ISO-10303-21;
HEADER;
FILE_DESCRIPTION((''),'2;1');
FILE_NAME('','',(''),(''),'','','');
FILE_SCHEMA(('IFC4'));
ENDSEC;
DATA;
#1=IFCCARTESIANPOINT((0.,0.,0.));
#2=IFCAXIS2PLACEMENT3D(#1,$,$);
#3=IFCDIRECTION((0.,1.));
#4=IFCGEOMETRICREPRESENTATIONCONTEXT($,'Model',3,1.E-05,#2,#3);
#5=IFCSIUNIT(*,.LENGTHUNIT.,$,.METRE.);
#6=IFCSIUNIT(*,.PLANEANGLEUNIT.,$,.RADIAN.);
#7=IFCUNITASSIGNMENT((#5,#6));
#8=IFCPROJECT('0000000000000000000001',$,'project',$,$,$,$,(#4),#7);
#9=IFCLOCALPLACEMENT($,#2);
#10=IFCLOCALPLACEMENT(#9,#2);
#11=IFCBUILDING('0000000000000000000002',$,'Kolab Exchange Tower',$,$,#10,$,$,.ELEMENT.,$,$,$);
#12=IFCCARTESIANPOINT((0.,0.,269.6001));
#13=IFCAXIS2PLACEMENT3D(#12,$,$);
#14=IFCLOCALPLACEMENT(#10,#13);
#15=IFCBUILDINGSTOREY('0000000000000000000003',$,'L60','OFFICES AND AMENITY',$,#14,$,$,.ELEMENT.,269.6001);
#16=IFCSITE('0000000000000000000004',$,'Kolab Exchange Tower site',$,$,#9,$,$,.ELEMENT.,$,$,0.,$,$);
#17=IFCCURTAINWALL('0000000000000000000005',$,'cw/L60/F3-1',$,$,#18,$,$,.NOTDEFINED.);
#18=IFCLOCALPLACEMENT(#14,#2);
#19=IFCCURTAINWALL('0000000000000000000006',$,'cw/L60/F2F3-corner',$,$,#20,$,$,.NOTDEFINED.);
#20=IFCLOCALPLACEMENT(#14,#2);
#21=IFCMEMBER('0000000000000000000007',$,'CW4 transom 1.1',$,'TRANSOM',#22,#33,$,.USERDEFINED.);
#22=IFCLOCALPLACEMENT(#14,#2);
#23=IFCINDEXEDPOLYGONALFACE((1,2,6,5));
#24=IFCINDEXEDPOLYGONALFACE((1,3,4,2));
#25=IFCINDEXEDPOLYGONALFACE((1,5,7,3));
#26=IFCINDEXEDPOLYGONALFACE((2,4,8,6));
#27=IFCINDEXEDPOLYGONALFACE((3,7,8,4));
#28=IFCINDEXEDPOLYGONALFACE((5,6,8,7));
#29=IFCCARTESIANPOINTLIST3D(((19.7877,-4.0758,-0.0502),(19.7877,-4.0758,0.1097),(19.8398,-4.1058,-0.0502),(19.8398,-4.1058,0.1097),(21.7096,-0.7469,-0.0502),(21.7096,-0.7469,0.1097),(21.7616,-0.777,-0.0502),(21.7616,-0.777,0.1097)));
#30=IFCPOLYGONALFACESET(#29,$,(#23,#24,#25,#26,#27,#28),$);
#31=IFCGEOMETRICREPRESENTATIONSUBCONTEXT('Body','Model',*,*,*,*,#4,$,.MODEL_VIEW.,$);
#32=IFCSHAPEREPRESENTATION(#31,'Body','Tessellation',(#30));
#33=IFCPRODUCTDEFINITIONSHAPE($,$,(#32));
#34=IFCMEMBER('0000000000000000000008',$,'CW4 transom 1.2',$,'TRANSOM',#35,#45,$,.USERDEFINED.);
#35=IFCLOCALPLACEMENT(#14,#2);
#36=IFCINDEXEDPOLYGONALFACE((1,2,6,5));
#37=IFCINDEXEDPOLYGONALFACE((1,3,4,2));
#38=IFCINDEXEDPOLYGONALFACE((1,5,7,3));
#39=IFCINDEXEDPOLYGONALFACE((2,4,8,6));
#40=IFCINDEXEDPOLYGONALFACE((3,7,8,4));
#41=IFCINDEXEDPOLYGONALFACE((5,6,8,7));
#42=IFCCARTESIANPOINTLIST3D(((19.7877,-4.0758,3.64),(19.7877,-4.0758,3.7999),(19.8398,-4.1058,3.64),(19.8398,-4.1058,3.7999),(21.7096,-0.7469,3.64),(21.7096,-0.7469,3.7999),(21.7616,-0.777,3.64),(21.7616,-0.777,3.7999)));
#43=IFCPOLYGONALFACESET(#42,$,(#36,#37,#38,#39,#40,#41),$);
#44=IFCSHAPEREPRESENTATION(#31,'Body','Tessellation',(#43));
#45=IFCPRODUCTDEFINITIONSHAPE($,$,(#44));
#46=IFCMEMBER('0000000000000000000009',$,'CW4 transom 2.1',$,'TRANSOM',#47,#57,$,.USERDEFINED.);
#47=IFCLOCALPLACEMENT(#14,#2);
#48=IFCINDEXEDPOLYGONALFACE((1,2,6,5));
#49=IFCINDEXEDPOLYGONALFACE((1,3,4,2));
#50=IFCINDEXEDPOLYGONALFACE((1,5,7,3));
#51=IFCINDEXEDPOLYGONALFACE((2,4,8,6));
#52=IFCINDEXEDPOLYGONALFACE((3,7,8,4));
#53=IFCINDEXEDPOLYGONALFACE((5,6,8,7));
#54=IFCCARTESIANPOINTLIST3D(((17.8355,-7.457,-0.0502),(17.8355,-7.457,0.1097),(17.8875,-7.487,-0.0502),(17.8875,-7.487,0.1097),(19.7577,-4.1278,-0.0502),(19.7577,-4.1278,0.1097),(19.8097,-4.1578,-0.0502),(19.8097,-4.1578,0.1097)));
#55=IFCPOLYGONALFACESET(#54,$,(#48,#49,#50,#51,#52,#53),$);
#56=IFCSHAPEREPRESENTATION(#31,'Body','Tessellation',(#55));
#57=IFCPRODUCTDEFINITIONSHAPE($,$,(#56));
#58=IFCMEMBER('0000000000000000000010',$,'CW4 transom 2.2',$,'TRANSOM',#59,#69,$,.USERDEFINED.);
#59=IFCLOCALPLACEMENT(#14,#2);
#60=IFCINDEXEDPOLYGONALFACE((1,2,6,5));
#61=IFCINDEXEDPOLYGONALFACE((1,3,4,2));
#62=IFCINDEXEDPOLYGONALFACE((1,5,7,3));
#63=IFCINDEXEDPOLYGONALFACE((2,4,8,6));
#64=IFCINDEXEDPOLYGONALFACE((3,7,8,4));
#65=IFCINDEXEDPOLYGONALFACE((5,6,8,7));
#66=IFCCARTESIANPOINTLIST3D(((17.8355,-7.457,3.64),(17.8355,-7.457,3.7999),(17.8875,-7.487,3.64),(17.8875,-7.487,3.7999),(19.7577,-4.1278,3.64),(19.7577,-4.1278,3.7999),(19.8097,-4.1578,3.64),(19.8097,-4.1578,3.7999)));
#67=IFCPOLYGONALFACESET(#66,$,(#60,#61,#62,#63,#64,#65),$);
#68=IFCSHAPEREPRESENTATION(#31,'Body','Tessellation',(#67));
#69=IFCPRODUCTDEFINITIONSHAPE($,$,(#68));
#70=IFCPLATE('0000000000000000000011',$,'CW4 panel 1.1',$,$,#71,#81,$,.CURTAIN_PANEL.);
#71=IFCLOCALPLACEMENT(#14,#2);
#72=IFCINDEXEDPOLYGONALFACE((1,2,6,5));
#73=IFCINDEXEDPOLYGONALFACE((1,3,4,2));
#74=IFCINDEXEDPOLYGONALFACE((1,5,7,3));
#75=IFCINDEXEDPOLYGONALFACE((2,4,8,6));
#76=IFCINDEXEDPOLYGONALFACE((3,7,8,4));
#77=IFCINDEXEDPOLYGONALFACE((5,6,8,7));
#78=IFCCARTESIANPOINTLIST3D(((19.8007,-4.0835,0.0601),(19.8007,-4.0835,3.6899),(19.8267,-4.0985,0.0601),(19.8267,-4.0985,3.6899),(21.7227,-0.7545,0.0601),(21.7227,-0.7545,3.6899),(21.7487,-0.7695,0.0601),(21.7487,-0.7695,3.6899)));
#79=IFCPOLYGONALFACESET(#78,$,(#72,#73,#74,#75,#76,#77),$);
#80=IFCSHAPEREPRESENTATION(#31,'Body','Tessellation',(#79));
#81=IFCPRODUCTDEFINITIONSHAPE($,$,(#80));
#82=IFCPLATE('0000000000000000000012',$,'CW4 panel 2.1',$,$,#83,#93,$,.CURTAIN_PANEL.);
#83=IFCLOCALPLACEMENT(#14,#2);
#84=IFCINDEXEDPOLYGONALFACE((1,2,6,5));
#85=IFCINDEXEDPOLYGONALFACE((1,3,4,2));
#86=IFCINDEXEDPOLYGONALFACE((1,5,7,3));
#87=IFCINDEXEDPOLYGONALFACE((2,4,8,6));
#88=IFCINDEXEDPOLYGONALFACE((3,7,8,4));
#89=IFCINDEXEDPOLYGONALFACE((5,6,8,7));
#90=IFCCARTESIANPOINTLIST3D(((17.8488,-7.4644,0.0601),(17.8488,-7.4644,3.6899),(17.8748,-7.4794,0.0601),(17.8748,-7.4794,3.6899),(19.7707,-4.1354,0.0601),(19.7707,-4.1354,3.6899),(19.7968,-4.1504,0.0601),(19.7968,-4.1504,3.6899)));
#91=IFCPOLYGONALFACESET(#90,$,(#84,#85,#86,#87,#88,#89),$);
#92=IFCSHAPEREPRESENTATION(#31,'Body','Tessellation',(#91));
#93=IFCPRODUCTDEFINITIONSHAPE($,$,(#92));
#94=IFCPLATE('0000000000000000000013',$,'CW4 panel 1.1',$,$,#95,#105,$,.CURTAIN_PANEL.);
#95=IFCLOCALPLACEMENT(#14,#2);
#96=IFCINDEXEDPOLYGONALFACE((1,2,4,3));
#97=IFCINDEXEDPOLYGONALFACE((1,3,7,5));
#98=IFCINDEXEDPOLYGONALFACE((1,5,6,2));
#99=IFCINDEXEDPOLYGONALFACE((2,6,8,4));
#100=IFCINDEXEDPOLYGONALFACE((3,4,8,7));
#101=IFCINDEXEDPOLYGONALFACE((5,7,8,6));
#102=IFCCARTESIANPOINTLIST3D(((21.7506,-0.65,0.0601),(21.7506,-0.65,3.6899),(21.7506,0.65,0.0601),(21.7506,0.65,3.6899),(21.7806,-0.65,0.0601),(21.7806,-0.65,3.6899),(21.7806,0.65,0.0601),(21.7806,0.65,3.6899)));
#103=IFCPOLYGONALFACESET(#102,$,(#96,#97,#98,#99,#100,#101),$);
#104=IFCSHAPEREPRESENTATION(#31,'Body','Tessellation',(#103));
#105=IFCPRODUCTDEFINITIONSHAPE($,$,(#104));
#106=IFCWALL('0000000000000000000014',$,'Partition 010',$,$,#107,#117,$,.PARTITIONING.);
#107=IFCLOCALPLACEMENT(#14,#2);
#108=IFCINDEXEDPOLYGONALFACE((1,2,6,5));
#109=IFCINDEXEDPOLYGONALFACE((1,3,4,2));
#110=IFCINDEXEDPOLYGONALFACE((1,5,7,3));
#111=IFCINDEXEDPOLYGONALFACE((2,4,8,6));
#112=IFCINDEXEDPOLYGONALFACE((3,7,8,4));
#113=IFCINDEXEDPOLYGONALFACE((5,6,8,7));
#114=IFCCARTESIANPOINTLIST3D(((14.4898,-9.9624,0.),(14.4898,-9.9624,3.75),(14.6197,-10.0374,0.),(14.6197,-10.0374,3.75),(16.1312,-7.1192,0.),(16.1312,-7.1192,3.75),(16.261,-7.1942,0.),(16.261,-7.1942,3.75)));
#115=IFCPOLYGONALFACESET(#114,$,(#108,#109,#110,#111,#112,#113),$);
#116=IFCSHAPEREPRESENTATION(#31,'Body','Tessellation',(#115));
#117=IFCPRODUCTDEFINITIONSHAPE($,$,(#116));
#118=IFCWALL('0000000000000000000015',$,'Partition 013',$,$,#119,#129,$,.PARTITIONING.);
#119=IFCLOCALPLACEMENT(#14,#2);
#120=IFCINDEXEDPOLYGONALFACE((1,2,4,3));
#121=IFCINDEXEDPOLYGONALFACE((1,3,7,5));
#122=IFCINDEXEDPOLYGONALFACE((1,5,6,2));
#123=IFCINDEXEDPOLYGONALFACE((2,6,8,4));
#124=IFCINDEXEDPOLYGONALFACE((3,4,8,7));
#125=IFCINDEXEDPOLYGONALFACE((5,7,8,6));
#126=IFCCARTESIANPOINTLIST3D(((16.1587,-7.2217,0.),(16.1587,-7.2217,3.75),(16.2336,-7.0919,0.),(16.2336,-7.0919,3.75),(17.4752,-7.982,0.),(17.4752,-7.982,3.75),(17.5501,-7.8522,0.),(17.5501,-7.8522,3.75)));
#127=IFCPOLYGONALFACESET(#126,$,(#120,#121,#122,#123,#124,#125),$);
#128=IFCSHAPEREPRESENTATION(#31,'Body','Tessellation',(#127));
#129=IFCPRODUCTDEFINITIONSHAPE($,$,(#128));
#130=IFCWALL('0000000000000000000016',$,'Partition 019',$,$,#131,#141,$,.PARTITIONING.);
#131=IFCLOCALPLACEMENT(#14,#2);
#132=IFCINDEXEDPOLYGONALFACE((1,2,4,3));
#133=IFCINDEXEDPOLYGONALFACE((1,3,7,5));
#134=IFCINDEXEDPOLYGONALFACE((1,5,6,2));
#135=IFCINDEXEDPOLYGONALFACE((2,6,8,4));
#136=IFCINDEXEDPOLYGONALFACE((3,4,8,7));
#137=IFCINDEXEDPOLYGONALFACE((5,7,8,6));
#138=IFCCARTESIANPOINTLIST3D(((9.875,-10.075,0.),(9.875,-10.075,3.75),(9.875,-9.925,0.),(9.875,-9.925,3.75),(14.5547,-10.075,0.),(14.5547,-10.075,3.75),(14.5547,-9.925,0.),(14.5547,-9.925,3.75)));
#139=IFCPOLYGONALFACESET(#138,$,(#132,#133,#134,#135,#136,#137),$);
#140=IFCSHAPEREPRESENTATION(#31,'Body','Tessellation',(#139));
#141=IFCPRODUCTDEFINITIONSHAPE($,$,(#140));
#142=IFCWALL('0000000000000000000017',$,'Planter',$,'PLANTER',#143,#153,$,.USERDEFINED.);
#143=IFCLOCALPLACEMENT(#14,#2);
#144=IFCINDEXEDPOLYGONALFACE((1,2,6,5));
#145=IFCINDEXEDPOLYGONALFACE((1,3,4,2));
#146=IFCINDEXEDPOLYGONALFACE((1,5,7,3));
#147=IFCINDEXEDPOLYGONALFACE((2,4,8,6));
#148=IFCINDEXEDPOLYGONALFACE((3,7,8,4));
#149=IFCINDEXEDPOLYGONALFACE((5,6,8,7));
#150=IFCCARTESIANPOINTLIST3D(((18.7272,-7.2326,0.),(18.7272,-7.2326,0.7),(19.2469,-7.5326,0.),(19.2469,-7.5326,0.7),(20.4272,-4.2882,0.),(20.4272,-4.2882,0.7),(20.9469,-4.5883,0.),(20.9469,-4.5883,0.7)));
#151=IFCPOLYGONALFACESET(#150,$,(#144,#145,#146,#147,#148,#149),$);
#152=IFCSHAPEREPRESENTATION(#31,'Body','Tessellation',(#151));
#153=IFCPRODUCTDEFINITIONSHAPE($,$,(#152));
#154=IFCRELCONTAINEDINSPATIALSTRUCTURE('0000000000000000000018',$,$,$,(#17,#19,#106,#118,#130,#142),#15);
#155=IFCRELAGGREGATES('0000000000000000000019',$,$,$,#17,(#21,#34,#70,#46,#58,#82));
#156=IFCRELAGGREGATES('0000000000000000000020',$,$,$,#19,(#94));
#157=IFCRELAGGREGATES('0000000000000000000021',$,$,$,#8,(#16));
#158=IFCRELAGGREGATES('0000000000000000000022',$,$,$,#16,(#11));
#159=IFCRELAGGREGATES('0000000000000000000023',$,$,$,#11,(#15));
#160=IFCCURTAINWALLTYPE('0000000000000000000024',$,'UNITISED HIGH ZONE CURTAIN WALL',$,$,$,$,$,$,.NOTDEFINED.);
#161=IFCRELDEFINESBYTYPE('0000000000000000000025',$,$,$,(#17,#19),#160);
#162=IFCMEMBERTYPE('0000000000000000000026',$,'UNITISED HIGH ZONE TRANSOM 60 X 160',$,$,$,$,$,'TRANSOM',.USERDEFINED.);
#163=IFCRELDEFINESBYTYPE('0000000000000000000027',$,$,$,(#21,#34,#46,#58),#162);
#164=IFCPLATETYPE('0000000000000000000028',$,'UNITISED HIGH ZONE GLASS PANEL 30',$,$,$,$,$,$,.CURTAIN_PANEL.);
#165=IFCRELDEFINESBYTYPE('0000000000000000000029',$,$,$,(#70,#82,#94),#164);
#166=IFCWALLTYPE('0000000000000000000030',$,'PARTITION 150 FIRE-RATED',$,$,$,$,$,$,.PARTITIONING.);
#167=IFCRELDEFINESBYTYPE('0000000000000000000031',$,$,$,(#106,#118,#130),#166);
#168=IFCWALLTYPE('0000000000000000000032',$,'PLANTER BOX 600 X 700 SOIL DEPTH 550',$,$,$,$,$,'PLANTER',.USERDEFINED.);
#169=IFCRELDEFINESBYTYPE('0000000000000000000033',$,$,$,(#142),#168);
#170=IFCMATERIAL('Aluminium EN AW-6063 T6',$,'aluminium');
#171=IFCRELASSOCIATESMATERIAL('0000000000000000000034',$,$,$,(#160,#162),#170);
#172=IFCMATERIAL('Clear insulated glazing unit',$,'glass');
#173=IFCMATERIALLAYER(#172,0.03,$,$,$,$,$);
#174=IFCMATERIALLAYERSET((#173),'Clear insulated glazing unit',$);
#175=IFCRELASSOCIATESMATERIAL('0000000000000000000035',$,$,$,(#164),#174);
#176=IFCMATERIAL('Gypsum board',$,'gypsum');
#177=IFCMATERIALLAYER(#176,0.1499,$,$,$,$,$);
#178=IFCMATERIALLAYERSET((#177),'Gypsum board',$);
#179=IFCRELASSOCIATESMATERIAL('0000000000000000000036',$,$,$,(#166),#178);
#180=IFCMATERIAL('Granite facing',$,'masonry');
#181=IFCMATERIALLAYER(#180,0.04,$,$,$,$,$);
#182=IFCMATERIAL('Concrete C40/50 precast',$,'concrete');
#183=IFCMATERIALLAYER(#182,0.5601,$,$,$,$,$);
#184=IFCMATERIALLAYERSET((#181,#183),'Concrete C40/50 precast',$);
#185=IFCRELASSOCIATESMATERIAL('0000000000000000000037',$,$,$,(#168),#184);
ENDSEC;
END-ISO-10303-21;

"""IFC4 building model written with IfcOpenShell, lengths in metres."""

from ifc_helpers import new_model, si_unit, direction, frame, frame_2d, origin, origin_2d, place, context, subcontext, project, spatial, rectangle, extrude, material, layer, layer_set, material_profile, profile_set, type_object, element, aggregate, save


model = new_model("IFC4")

# Units and contexts
model_context = context("Model", 3, precision=1e-05, world=origin(), true_north=direction((0.0, 1.0)))
body_context = subcontext(model_context, "Body", "Model", "MODEL_VIEW")
ifc_project = project(units=[si_unit("LENGTHUNIT", "METRE"), si_unit("PLANEANGLEUNIT", "RADIAN")], contexts=[model_context])

# Site, building, storey
site_placement = place(None, origin())
site = spatial("IfcSite", under=ifc_project, at=site_placement, Name="Kolab Exchange Tower site", CompositionType="ELEMENT", RefElevation=0.0)
building_placement = place(site_placement, origin())
building = spatial("IfcBuilding", under=site, at=building_placement, Name="Kolab Exchange Tower", CompositionType="ELEMENT")
storey_placement = place(building_placement, frame((0.0, 0.0, 269.6001)))
storey = spatial("IfcBuildingStorey", under=building, at=storey_placement, Name="L60", Description="OFFICES AND AMENITY", CompositionType="ELEMENT", Elevation=269.6001)

# Curtain wall
ifc_material_1 = material(Name="Aluminium EN AW-6063 T6", Category="aluminium")
curtain_wall_type = type_object("IfcCurtainWallType", Name="UNITISED HIGH ZONE CURTAIN WALL", PredefinedType="NOTDEFINED", material=ifc_material_1)
curtain_wall_1_placement = place(storey_placement, origin())
curtain_wall_1 = element("IfcCurtainWall", 1, at=curtain_wall_1_placement, inside=storey, type_object=curtain_wall_type, Name="cw/L60/F3-1", PredefinedType="NOTDEFINED")

# Curtain wall
curtain_wall_2_placement = place(storey_placement, origin())
curtain_wall_2 = element("IfcCurtainWall", 2, at=curtain_wall_2_placement, inside=storey, type_object=curtain_wall_type, Name="cw/L60/F2F3-corner", PredefinedType="NOTDEFINED")

# Members
ifc_material_profile_1 = material_profile(ifc_material_1, rectangle(XDim=0.0601, YDim=0.1599, at=origin_2d()), Name="RECT 60X160")
ifc_profile_set_1 = profile_set([ifc_material_profile_1], Name="Aluminium EN AW-6063 T6")
member_type_1 = type_object("IfcMemberType", Name="UNITISED HIGH ZONE TRANSOM 60 X 160", ElementType="TRANSOM", PredefinedType="USERDEFINED", material=ifc_profile_set_1)
member_1_placement = place(storey_placement, frame((21.7356, -0.762, 0.0298), z_axis=(-0.499992, -0.86603, 0.0), x_axis=(0.86603, -0.499992, 0.0)))
member_1 = element("IfcMember", 3, at=member_1_placement, type_object=member_type_1, Name="CW4 transom 1.1", ObjectType="TRANSOM", PredefinedType="USERDEFINED", context=body_context, shape_type="SweptSolid", body=[
    extrude(rectangle(XDim=0.0601, YDim=0.1599, at=origin_2d()), origin(), (0.0, 0.0, 1.0), 3.8438),
])
member_2_placement = place(storey_placement, frame((21.7356, -0.762, 3.72), z_axis=(-0.499992, -0.86603, 0.0), x_axis=(0.86603, -0.499992, 0.0)))
member_2 = element("IfcMember", 4, at=member_2_placement, type_object=member_type_1, Name="CW4 transom 1.2", ObjectType="TRANSOM", PredefinedType="USERDEFINED", context=body_context, shape_type="SweptSolid", body=[
    extrude(rectangle(XDim=0.0601, YDim=0.1599, at=origin_2d()), origin(), (0.0, 0.0, 1.0), 3.8438),
])
member_3_placement = place(storey_placement, frame((19.7837, -4.1428, 0.0298), z_axis=(-0.500012, -0.866018, 0.0), x_axis=(0.866018, -0.500012, 0.0)))
member_3 = element("IfcMember", 5, at=member_3_placement, type_object=member_type_1, Name="CW4 transom 2.1", ObjectType="TRANSOM", PredefinedType="USERDEFINED", context=body_context, shape_type="SweptSolid", body=[
    extrude(rectangle(XDim=0.0601, YDim=0.1599, at=origin_2d()), origin(), (0.0, 0.0, 1.0), 3.8442),
])
member_4_placement = place(storey_placement, frame((19.7837, -4.1428, 3.72), z_axis=(-0.500012, -0.866018, 0.0), x_axis=(0.866018, -0.500012, 0.0)))
member_4 = element("IfcMember", 6, at=member_4_placement, type_object=member_type_1, Name="CW4 transom 2.2", ObjectType="TRANSOM", PredefinedType="USERDEFINED", context=body_context, shape_type="SweptSolid", body=[
    extrude(rectangle(XDim=0.0601, YDim=0.1599, at=origin_2d()), origin(), (0.0, 0.0, 1.0), 3.8442),
])

# Plates
ifc_material_2 = material(Name="Clear insulated glazing unit", Category="glass")
ifc_layer_1 = layer(ifc_material_2, 0.03)
ifc_layer_set_1 = layer_set([ifc_layer_1], Name="Clear insulated glazing unit")
plate_type = type_object("IfcPlateType", Name="UNITISED HIGH ZONE GLASS PANEL 30", PredefinedType="CURTAIN_PANEL", material=ifc_layer_set_1)
plate_1_placement = place(storey_placement, frame((20.7747, -2.4265, 0.0601), z_axis=(0.0, 0.0, 1.0), x_axis=(-0.5, -0.866025, 0.0)))
plate_1 = element("IfcPlate", 7, at=plate_1_placement, type_object=plate_type, Name="CW4 panel 1.1", PredefinedType="CURTAIN_PANEL", context=body_context, shape_type="SweptSolid", body=[
    extrude(rectangle(XDim=3.844, YDim=0.03, at=origin_2d()), origin(), (0.0, 0.0, 1.0), 3.6299),
])
plate_2_placement = place(storey_placement, frame((18.8228, -5.8074, 0.0601), z_axis=(0.0, 0.0, 1.0), x_axis=(-0.5, -0.866025, 0.0)))
plate_2 = element("IfcPlate", 8, at=plate_2_placement, type_object=plate_type, Name="CW4 panel 2.1", PredefinedType="CURTAIN_PANEL", context=body_context, shape_type="SweptSolid", body=[
    extrude(rectangle(XDim=3.844, YDim=0.03, at=origin_2d()), origin(), (0.0, 0.0, 1.0), 3.6299),
])
aggregate(curtain_wall_1, [member_1, member_2, plate_1, member_3, member_4, plate_2])
plate_3_placement = place(storey_placement, frame((21.7656, 0.0, 0.0601), z_axis=(0.0, 0.0, 1.0), x_axis=(0.0, -1.0, 0.0)))
plate_3 = element("IfcPlate", 9, at=plate_3_placement, type_object=plate_type, Name="CW4 panel 1.1", PredefinedType="CURTAIN_PANEL", context=body_context, shape_type="SweptSolid", body=[
    extrude(rectangle(XDim=1.3, YDim=0.03, at=origin_2d()), origin(), (0.0, 0.0, 1.0), 3.6299),
])
aggregate(curtain_wall_2, [plate_3])

# Walls
ifc_material_3 = material(Name="Gypsum board", Category="gypsum")
ifc_layer_2 = layer(ifc_material_3, 0.1499)
ifc_layer_set_2 = layer_set([ifc_layer_2], Name="Gypsum board")
wall_type_1 = type_object("IfcWallType", Name="PARTITION 150 FIRE-RATED", PredefinedType="PARTITIONING", material=ifc_layer_set_2)
wall_1_placement = place(storey_placement, frame((14.5547, -10.0, 0.0), z_axis=(0.0, 0.0, 1.0), x_axis=(0.499954, 0.866052, 0.0)))
element("IfcWall", 10, at=wall_1_placement, inside=storey, type_object=wall_type_1, Name="Partition 010", PredefinedType="PARTITIONING", context=body_context, shape_type="SweptSolid", body=[
    extrude(rectangle(XDim=3.283, YDim=0.1499, at=frame_2d((1.6416, 0.0))), origin(), (0.0, 0.0, 1.0), 3.75),
])
wall_2_placement = place(storey_placement, frame((16.196, -7.1567, 0.0), z_axis=(0.0, 0.0, 1.0), x_axis=(0.865961, -0.500112, 0.0)))
element("IfcWall", 11, at=wall_2_placement, inside=storey, type_object=wall_type_1, Name="Partition 013", PredefinedType="PARTITIONING", context=body_context, shape_type="SweptSolid", body=[
    extrude(rectangle(XDim=1.5203, YDim=0.1499, at=frame_2d((0.7603, 0.0))), origin(), (0.0, 0.0, 1.0), 3.75),
])
wall_3_placement = place(storey_placement, frame((9.875, -10.0, 0.0), z_axis=(0.0, 0.0, 1.0), x_axis=(1.0, 0.0, 0.0)))
element("IfcWall", 12, at=wall_3_placement, inside=storey, type_object=wall_type_1, Name="Partition 019", PredefinedType="PARTITIONING", context=body_context, shape_type="SweptSolid", body=[
    extrude(rectangle(XDim=4.6797, YDim=0.1499, at=frame_2d((2.3398, 0.0))), origin(), (0.0, 0.0, 1.0), 3.75),
])
ifc_material_4 = material(Name="Granite facing", Category="masonry")
ifc_layer_3 = layer(ifc_material_4, 0.04)
ifc_material_5 = material(Name="Concrete C40/50 precast", Category="concrete")
ifc_layer_4 = layer(ifc_material_5, 0.5601)
ifc_layer_set_3 = layer_set([ifc_layer_3, ifc_layer_4], Name="Concrete C40/50 precast")
wall_type_2 = type_object("IfcWallType", Name="PLANTER BOX 600 X 700 SOIL DEPTH 550", ElementType="PLANTER", PredefinedType="USERDEFINED", material=ifc_layer_set_3)
wall_4_placement = place(storey_placement, frame((20.687, -4.4382, 0.0), z_axis=(0.0, 0.0, 1.0), x_axis=(-0.500008, -0.866021, 0.0)))
element("IfcWall", 13, at=wall_4_placement, inside=storey, type_object=wall_type_2, Name="Planter", ObjectType="PLANTER", PredefinedType="USERDEFINED", context=body_context, shape_type="SweptSolid", body=[
    extrude(rectangle(XDim=3.3999, YDim=0.6001, at=frame_2d((1.7, 0.0))), origin(), (0.0, 0.0, 1.0), 0.7),
])

save(model, "model.ifc")
